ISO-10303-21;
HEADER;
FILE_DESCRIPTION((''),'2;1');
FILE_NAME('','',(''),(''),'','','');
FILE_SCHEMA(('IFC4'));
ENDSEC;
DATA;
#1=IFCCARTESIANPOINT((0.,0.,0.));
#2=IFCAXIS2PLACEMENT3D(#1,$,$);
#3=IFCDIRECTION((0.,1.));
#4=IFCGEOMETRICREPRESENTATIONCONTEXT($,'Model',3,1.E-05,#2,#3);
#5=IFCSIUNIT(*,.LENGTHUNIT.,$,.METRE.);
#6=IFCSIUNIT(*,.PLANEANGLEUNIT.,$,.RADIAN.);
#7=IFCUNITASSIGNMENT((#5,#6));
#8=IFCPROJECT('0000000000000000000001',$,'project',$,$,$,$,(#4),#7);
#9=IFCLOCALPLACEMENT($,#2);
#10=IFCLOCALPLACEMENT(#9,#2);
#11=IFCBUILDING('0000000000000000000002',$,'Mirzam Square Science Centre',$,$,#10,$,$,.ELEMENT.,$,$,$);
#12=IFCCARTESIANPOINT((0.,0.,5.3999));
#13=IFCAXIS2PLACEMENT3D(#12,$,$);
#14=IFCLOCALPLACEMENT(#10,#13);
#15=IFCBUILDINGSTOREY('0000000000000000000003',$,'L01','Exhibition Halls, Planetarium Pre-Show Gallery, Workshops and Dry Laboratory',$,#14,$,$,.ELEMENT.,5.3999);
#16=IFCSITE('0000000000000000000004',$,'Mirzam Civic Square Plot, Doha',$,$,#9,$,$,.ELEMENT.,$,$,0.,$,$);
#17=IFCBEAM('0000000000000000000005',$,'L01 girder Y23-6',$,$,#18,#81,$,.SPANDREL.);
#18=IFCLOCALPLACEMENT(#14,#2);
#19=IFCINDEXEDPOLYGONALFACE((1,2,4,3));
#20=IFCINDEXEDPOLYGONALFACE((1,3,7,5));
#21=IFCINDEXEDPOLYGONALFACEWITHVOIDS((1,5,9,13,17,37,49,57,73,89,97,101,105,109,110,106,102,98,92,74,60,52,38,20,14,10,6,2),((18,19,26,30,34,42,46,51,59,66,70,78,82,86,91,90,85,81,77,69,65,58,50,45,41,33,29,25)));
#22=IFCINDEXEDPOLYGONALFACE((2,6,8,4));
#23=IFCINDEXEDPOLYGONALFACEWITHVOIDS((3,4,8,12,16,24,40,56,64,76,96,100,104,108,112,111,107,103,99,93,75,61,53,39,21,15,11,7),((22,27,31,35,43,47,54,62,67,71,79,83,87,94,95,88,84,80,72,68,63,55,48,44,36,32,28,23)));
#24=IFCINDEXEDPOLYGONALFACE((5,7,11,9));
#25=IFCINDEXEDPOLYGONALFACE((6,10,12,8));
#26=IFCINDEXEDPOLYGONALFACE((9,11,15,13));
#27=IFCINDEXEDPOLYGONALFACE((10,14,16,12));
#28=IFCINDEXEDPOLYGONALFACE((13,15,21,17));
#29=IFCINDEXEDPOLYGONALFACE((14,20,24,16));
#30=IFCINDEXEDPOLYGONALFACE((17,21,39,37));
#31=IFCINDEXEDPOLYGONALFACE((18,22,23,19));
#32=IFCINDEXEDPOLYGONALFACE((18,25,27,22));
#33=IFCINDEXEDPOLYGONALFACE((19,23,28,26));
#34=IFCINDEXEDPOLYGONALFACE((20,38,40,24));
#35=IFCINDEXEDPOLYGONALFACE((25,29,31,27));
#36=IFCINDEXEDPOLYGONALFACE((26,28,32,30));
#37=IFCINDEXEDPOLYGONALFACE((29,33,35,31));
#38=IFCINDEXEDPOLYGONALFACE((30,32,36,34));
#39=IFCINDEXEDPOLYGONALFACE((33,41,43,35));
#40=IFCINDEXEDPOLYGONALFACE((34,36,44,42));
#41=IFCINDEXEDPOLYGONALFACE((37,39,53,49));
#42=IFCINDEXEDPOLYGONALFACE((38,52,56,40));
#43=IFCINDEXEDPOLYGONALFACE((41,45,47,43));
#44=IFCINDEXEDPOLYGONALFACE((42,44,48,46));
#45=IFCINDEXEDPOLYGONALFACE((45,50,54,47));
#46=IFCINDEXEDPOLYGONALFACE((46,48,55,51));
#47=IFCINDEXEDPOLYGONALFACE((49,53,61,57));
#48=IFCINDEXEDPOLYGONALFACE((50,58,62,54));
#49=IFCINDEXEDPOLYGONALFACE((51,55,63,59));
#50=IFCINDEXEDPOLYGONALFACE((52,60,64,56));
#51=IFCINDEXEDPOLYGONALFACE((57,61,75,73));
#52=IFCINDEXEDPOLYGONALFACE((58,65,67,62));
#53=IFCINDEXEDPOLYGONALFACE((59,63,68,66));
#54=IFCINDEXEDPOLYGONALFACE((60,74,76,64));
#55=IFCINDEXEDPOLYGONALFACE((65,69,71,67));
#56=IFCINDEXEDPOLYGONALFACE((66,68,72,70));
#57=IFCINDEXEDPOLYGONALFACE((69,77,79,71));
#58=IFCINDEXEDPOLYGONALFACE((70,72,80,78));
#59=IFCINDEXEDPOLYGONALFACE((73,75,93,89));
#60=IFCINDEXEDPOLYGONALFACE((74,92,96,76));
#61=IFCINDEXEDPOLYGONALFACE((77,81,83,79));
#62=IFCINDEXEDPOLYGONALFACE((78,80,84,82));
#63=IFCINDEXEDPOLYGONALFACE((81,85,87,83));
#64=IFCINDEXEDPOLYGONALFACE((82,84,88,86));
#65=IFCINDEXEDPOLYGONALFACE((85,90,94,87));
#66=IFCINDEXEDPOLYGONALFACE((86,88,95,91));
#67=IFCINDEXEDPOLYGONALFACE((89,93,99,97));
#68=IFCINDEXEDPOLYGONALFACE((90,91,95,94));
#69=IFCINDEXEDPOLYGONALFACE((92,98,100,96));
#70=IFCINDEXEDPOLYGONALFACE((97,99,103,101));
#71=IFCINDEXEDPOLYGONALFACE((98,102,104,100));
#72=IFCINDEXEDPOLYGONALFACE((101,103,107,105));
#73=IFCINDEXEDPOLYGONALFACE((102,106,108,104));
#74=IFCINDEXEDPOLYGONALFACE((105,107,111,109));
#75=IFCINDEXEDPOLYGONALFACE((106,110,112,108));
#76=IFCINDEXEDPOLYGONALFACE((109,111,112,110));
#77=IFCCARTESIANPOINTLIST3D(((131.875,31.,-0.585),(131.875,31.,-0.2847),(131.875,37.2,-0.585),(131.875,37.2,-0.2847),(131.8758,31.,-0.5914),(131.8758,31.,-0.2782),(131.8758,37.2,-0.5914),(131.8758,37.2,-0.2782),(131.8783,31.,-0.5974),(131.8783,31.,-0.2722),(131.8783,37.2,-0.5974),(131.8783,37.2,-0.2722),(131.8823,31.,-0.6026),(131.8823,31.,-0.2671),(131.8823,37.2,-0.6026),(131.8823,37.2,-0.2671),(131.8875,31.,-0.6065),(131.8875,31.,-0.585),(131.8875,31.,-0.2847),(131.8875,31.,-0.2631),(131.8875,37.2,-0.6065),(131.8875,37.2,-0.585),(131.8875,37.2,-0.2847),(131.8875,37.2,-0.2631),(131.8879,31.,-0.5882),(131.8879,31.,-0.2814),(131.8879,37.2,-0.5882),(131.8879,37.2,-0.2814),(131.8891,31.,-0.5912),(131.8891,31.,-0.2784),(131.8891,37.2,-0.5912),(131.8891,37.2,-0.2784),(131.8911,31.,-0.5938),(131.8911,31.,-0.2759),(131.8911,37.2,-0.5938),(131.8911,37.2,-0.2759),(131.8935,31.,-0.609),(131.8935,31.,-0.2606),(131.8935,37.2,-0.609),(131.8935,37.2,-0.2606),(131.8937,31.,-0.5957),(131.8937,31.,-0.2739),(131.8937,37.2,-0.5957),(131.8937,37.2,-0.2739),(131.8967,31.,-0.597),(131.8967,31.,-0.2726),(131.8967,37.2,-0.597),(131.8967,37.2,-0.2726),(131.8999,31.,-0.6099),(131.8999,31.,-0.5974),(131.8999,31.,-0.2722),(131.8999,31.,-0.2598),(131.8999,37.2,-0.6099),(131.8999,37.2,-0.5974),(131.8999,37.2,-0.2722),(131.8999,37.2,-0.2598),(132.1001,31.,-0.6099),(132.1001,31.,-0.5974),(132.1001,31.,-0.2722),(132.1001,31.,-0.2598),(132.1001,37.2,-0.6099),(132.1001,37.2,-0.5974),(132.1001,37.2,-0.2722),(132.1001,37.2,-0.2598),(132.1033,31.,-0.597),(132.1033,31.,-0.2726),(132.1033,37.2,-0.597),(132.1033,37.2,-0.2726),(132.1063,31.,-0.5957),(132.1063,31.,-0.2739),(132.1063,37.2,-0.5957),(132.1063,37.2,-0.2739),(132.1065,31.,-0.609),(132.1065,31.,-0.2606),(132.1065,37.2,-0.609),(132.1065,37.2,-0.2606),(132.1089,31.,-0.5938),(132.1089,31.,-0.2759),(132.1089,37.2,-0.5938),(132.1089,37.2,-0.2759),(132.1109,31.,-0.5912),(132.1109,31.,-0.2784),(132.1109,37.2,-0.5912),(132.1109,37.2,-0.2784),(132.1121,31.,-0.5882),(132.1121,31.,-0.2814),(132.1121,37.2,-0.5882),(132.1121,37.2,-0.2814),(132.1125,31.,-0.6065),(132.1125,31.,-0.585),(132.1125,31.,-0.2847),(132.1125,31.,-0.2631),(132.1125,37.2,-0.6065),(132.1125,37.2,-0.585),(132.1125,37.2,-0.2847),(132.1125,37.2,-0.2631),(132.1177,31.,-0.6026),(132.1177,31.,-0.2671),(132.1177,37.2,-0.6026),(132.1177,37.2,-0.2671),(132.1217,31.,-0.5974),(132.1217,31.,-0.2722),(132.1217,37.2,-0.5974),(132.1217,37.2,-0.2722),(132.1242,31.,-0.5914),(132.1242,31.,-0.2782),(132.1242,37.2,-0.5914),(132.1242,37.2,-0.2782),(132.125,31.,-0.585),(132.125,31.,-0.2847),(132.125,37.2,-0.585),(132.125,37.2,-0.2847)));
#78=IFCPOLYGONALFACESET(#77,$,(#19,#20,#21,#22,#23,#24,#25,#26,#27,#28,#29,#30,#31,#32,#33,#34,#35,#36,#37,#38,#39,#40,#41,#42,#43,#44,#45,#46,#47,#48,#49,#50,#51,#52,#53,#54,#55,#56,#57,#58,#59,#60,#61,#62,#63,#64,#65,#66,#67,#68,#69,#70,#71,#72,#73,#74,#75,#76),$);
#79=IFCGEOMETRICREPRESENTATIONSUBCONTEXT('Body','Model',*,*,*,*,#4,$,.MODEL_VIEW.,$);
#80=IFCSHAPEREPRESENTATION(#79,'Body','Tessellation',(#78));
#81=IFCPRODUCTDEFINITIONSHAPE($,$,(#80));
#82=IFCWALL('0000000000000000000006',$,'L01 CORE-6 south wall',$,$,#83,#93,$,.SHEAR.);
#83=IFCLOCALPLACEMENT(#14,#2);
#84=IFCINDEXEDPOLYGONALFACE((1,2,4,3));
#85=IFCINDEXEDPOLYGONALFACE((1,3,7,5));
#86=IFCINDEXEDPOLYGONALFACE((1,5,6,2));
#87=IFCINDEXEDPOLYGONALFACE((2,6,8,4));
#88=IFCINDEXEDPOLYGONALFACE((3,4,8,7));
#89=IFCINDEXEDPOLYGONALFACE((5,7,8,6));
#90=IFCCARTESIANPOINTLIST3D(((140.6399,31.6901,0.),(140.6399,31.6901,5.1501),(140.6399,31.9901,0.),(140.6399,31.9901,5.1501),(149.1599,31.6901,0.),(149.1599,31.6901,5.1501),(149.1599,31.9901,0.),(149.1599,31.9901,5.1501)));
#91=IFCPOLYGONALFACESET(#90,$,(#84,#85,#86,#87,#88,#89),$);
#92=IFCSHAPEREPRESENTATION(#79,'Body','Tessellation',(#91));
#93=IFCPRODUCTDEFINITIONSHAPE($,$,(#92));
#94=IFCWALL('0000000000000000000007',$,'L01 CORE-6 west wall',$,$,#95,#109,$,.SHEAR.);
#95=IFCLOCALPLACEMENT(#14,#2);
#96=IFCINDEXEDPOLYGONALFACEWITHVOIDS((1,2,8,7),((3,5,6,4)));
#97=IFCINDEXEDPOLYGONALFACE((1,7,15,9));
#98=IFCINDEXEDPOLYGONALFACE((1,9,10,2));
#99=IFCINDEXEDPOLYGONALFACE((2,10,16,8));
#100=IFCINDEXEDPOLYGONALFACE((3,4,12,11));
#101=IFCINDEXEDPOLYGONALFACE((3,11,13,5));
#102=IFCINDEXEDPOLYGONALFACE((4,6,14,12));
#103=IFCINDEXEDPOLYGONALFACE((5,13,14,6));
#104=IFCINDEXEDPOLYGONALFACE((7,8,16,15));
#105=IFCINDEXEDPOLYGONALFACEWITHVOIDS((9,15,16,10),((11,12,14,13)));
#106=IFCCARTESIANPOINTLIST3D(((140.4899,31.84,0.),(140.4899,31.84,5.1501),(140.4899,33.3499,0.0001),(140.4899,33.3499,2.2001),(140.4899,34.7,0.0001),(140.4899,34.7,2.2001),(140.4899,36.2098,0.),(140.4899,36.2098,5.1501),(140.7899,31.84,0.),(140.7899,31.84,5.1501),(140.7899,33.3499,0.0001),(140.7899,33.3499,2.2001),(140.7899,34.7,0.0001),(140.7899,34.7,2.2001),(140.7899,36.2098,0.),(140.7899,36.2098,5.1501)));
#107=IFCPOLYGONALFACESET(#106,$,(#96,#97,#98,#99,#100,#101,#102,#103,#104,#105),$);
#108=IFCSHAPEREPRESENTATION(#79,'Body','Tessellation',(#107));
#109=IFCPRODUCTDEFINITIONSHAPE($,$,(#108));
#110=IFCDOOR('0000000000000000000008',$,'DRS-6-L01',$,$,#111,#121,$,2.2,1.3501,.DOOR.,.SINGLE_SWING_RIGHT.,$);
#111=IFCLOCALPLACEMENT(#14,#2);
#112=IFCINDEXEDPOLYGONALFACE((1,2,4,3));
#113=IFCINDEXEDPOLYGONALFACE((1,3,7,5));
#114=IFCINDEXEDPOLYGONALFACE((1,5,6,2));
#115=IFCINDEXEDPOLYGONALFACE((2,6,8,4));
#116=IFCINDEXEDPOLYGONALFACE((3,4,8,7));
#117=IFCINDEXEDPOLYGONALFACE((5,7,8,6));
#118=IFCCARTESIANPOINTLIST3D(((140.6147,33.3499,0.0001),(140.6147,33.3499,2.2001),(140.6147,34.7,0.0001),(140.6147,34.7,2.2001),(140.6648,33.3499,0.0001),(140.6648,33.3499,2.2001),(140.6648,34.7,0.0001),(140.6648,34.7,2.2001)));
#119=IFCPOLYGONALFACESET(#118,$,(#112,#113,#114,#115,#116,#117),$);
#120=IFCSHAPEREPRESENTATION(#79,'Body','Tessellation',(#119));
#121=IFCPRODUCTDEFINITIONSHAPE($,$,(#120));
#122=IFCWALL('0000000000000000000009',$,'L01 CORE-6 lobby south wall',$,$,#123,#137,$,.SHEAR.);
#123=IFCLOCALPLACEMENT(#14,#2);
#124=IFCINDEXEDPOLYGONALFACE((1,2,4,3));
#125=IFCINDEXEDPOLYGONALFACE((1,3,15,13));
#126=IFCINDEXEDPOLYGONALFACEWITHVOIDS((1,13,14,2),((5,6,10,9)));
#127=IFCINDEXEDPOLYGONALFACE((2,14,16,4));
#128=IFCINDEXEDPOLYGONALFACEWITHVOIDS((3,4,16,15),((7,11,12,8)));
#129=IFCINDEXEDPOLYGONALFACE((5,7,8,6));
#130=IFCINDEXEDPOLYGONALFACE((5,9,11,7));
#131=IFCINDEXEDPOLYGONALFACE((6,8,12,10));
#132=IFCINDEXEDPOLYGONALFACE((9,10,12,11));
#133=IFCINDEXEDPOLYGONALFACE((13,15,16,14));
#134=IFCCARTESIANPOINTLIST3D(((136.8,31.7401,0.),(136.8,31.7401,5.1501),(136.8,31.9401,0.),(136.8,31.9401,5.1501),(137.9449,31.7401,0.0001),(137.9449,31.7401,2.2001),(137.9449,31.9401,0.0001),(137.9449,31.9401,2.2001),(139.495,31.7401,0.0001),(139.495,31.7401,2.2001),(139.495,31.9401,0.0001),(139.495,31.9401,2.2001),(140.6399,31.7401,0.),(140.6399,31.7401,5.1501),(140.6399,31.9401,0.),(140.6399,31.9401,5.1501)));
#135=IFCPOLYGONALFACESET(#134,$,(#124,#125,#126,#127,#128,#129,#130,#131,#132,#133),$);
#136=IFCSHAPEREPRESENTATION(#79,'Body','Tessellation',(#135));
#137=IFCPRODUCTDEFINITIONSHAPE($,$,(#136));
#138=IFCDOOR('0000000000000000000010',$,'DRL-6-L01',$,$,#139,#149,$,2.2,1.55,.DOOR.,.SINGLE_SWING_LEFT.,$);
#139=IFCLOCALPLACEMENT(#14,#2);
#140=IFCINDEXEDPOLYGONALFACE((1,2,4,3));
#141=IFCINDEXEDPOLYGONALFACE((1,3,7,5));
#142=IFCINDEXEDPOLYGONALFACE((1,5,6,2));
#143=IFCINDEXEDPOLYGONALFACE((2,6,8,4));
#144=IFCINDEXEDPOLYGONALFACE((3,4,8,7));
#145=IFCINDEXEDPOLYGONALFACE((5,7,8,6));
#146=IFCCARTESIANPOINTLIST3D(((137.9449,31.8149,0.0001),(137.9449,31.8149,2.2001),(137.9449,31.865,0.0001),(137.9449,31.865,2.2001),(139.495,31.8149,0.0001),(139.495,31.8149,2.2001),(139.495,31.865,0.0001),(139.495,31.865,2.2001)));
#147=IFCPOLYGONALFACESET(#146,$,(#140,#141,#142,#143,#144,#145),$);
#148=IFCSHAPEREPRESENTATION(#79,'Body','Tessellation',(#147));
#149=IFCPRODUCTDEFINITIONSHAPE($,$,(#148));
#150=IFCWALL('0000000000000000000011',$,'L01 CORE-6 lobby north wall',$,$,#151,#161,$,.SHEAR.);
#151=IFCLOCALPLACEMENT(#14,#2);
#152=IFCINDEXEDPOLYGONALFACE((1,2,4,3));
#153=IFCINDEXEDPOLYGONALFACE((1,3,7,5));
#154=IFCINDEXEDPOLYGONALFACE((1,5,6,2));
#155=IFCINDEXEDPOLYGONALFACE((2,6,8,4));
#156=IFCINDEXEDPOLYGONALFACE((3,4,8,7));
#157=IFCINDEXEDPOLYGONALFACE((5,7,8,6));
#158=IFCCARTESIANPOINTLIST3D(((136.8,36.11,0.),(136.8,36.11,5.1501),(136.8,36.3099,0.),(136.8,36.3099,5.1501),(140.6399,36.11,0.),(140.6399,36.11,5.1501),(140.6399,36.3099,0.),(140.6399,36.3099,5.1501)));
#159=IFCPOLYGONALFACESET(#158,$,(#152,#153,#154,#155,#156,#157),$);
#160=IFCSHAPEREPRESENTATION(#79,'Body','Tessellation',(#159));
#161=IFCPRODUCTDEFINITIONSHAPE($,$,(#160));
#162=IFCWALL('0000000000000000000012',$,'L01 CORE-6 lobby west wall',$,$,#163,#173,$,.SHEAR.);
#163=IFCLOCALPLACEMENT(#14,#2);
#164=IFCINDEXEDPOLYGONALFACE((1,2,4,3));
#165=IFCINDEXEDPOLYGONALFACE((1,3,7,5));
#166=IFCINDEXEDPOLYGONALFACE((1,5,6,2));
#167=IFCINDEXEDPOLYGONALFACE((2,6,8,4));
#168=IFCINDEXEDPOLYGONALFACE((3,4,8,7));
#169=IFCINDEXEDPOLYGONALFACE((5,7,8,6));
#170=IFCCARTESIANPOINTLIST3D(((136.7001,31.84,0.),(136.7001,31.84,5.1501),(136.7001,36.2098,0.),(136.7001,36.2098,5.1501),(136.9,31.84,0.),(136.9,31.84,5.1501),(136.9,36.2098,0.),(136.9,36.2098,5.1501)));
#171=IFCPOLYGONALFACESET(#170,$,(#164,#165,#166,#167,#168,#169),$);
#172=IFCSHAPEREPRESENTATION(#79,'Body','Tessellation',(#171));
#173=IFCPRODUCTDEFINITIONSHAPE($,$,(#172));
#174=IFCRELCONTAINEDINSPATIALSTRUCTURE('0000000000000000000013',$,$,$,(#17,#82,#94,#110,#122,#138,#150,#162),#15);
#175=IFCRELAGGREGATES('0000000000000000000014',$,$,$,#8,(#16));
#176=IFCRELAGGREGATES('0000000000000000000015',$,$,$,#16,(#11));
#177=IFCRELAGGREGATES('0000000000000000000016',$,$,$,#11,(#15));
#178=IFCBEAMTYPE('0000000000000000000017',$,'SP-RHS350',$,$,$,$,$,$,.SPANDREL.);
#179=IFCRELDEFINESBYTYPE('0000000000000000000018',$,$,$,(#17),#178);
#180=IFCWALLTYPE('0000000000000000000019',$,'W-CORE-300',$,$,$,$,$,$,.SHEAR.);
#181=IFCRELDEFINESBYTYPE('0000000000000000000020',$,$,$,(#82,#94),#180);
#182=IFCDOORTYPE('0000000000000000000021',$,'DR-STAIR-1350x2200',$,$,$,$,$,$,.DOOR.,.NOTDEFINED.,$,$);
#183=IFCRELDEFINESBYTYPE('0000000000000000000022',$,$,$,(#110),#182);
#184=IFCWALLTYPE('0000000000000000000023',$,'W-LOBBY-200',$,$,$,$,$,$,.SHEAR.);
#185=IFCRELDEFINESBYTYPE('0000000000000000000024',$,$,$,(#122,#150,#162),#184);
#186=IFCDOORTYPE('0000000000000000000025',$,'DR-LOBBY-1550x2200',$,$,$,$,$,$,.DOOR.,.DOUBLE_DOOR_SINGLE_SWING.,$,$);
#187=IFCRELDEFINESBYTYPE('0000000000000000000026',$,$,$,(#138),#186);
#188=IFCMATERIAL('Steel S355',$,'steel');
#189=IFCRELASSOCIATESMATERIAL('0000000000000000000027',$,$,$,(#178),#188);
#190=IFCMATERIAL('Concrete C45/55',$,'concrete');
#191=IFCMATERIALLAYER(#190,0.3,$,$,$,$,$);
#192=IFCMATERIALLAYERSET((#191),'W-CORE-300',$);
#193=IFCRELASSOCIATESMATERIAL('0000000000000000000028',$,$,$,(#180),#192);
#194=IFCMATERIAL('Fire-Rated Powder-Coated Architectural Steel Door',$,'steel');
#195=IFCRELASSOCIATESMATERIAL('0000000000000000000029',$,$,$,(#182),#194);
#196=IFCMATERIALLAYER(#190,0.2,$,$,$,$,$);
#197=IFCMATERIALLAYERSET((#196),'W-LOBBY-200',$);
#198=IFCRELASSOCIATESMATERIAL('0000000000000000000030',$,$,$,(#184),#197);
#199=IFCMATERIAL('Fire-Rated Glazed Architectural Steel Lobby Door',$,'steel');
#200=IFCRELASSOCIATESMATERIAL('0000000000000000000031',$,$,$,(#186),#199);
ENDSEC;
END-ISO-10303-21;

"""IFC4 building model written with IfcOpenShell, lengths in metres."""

from ifc_helpers import new_model, si_unit, direction, frame, frame_2d, origin, origin_2d, place, context, subcontext, project, spatial, rectangle, hollow_rectangle, extrude, material, layer, layer_set, material_profile, profile_set, type_object, element, fill, save


model = new_model("IFC4")

# Units and contexts
model_context = context("Model", 3, precision=1e-05, world=origin(), true_north=direction((0.0, 1.0)))
body_context = subcontext(model_context, "Body", "Model", "MODEL_VIEW")
ifc_project = project(units=[si_unit("LENGTHUNIT", "METRE"), si_unit("PLANEANGLEUNIT", "RADIAN")], contexts=[model_context])

# Site, building, storey
site_placement = place(None, origin())
site = spatial("IfcSite", under=ifc_project, at=site_placement, Name="Mirzam Civic Square Plot, Doha", CompositionType="ELEMENT", RefElevation=0.0)
building_placement = place(site_placement, origin())
building = spatial("IfcBuilding", under=site, at=building_placement, Name="Mirzam Square Science Centre", CompositionType="ELEMENT")
storey_placement = place(building_placement, frame((0.0, 0.0, 5.3999)))
storey = spatial("IfcBuildingStorey", under=building, at=storey_placement, Name="L01", Description="Exhibition Halls, Planetarium Pre-Show Gallery, Workshops and Dry Laboratory", CompositionType="ELEMENT", Elevation=5.3999)

# Shared definitions
ifc_material_1 = material(Name="Steel S355", Category="steel")

# Beam
ifc_material_profile_1 = material_profile(ifc_material_1, hollow_rectangle(XDim=0.25, YDim=0.3501, WallThickness=0.0125, InnerFilletRadius=0.0125, OuterFilletRadius=0.0249, at=origin_2d()), Name="350x250x12.5RHS")
ifc_profile_set_1 = profile_set([ifc_material_profile_1], Name="Steel S355")
beam_type_1 = type_object("IfcBeamType", Name="SP-RHS350", PredefinedType="SPANDREL", material=ifc_profile_set_1)
beam_1_placement = place(storey_placement, frame((132.0, 31.0, -0.4348), z_axis=(0.0, 1.0, 0.0), x_axis=(-1.0, 0.0, 0.0)))
element("IfcBeam", 1, at=beam_1_placement, inside=storey, type_object=beam_type_1, Name="L01 girder Y23-6", PredefinedType="SPANDREL", context=body_context, shape_type="SweptSolid", body=[
    extrude(hollow_rectangle(XDim=0.25, YDim=0.3501, WallThickness=0.0125, InnerFilletRadius=0.0125, OuterFilletRadius=0.0249, at=origin_2d()), origin(), (0.0, 0.0, 1.0), 6.2),
])

# Wall
ifc_material_2 = material(Name="Concrete C45/55", Category="concrete")
ifc_layer_1 = layer(ifc_material_2, 0.3)
ifc_layer_set_1 = layer_set([ifc_layer_1], Name="W-CORE-300")
wall_type_1 = type_object("IfcWallType", Name="W-CORE-300", PredefinedType="SHEAR", material=ifc_layer_set_1)
wall_1_placement = place(storey_placement, frame((140.6399, 31.8401, 0.0), z_axis=(0.0, 0.0, 1.0), x_axis=(1.0, 0.0, 0.0)))
element("IfcWall", 2, at=wall_1_placement, inside=storey, type_object=wall_type_1, Name="L01 CORE-6 south wall", PredefinedType="SHEAR", context=body_context, shape_type="SweptSolid", body=[
    extrude(rectangle(XDim=8.52, YDim=0.3, at=frame_2d((4.26, 0.0))), origin(), (0.0, 0.0, 1.0), 5.1501),
])

# Walls, openings, doors
wall_2_placement = place(storey_placement, frame((140.6399, 36.21, 0.0), z_axis=(0.0, 0.0, 1.0), x_axis=(0.0, -1.0, 0.0)))
wall_2 = element("IfcWall", 3, at=wall_2_placement, inside=storey, type_object=wall_type_1, Name="L01 CORE-6 west wall", PredefinedType="SHEAR", context=body_context, shape_type="SweptSolid", body=[
    extrude(rectangle(XDim=4.3699, YDim=0.3, at=frame_2d((2.1851, 0.0))), origin(), (0.0, 0.0, 1.0), 5.1501),
])
opening_1_placement = place(wall_2_placement, frame((1.51, 0.0, 0.0)))
opening_1 = element("IfcOpeningElement", 4, at=opening_1_placement, cuts=wall_2, PredefinedType="OPENING", context=body_context, shape_type="SweptSolid", body=[
    extrude(rectangle(XDim=1.3501, YDim=2.2, at=frame_2d((0.675, 1.1001))), frame((0.0, 0.1599, 0.0), z_axis=(0.0, -1.0, 0.0), x_axis=(1.0, 0.0, 0.0)), (0.0, 0.0, 1.0), 0.3201),
])
ifc_material_3 = material(Name="Fire-Rated Powder-Coated Architectural Steel Door", Category="steel")
door_type_1 = type_object("IfcDoorType", Name="DR-STAIR-1350x2200", OperationType="NOTDEFINED", PredefinedType="DOOR", material=ifc_material_3)
door_1_placement = place(opening_1_placement, origin())
door_1 = element("IfcDoor", 5, at=door_1_placement, inside=storey, type_object=door_type_1, Name="DRS-6-L01", OperationType="SINGLE_SWING_RIGHT", OverallHeight=2.2, OverallWidth=1.3501, PredefinedType="DOOR", context=body_context, shape_type="SweptSolid", body=[
    extrude(rectangle(XDim=1.3501, YDim=2.2, at=frame_2d((0.675, 1.1001))), frame((0.0, 0.0249, 0.0), z_axis=(0.0, -1.0, 0.0), x_axis=(1.0, 0.0, 0.0)), (0.0, 0.0, 1.0), 0.05),
])
fill(opening_1, door_1)
ifc_layer_2 = layer(ifc_material_2, 0.2)
ifc_layer_set_2 = layer_set([ifc_layer_2], Name="W-LOBBY-200")
wall_type_2 = type_object("IfcWallType", Name="W-LOBBY-200", PredefinedType="SHEAR", material=ifc_layer_set_2)
wall_3_placement = place(storey_placement, frame((136.8, 31.8401, 0.0), z_axis=(0.0, 0.0, 1.0), x_axis=(1.0, 0.0, 0.0)))
wall_3 = element("IfcWall", 6, at=wall_3_placement, inside=storey, type_object=wall_type_2, Name="L01 CORE-6 lobby south wall", PredefinedType="SHEAR", context=body_context, shape_type="SweptSolid", body=[
    extrude(rectangle(XDim=3.8398, YDim=0.2, at=frame_2d((1.9199, 0.0))), origin(), (0.0, 0.0, 1.0), 5.1501),
])
opening_2_placement = place(wall_3_placement, frame((1.145, 0.0, 0.0)))
opening_2 = element("IfcOpeningElement", 7, at=opening_2_placement, cuts=wall_3, PredefinedType="OPENING", context=body_context, shape_type="SweptSolid", body=[
    extrude(rectangle(XDim=1.55, YDim=2.2, at=frame_2d((0.7749, 1.1001))), frame((0.0, 0.1099, 0.0), z_axis=(0.0, -1.0, 0.0), x_axis=(1.0, 0.0, 0.0)), (0.0, 0.0, 1.0), 0.22),
])
ifc_material_4 = material(Name="Fire-Rated Glazed Architectural Steel Lobby Door", Category="steel")
door_type_2 = type_object("IfcDoorType", Name="DR-LOBBY-1550x2200", OperationType="DOUBLE_DOOR_SINGLE_SWING", PredefinedType="DOOR", material=ifc_material_4)
door_2_placement = place(opening_2_placement, origin())
door_2 = element("IfcDoor", 8, at=door_2_placement, inside=storey, type_object=door_type_2, Name="DRL-6-L01", OperationType="SINGLE_SWING_LEFT", OverallHeight=2.2, OverallWidth=1.55, PredefinedType="DOOR", context=body_context, shape_type="SweptSolid", body=[
    extrude(rectangle(XDim=1.55, YDim=2.2, at=frame_2d((0.7749, 1.1001))), frame((0.0, 0.0249, 0.0), z_axis=(0.0, -1.0, 0.0), x_axis=(1.0, 0.0, 0.0)), (0.0, 0.0, 1.0), 0.05),
])
fill(opening_2, door_2)

# Walls
wall_4_placement = place(storey_placement, frame((140.6399, 36.21, 0.0), z_axis=(0.0, 0.0, 1.0), x_axis=(-1.0, 0.0, 0.0)))
element("IfcWall", 9, at=wall_4_placement, inside=storey, type_object=wall_type_2, Name="L01 CORE-6 lobby north wall", PredefinedType="SHEAR", context=body_context, shape_type="SweptSolid", body=[
    extrude(rectangle(XDim=3.8398, YDim=0.2, at=frame_2d((1.9199, 0.0))), origin(), (0.0, 0.0, 1.0), 5.1501),
])
wall_5_placement = place(storey_placement, frame((136.8, 36.21, 0.0), z_axis=(0.0, 0.0, 1.0), x_axis=(0.0, -1.0, 0.0)))
element("IfcWall", 10, at=wall_5_placement, inside=storey, type_object=wall_type_2, Name="L01 CORE-6 lobby west wall", PredefinedType="SHEAR", context=body_context, shape_type="SweptSolid", body=[
    extrude(rectangle(XDim=4.3699, YDim=0.2, at=frame_2d((2.1851, 0.0))), origin(), (0.0, 0.0, 1.0), 5.1501),
])

save(model, "model.ifc")
